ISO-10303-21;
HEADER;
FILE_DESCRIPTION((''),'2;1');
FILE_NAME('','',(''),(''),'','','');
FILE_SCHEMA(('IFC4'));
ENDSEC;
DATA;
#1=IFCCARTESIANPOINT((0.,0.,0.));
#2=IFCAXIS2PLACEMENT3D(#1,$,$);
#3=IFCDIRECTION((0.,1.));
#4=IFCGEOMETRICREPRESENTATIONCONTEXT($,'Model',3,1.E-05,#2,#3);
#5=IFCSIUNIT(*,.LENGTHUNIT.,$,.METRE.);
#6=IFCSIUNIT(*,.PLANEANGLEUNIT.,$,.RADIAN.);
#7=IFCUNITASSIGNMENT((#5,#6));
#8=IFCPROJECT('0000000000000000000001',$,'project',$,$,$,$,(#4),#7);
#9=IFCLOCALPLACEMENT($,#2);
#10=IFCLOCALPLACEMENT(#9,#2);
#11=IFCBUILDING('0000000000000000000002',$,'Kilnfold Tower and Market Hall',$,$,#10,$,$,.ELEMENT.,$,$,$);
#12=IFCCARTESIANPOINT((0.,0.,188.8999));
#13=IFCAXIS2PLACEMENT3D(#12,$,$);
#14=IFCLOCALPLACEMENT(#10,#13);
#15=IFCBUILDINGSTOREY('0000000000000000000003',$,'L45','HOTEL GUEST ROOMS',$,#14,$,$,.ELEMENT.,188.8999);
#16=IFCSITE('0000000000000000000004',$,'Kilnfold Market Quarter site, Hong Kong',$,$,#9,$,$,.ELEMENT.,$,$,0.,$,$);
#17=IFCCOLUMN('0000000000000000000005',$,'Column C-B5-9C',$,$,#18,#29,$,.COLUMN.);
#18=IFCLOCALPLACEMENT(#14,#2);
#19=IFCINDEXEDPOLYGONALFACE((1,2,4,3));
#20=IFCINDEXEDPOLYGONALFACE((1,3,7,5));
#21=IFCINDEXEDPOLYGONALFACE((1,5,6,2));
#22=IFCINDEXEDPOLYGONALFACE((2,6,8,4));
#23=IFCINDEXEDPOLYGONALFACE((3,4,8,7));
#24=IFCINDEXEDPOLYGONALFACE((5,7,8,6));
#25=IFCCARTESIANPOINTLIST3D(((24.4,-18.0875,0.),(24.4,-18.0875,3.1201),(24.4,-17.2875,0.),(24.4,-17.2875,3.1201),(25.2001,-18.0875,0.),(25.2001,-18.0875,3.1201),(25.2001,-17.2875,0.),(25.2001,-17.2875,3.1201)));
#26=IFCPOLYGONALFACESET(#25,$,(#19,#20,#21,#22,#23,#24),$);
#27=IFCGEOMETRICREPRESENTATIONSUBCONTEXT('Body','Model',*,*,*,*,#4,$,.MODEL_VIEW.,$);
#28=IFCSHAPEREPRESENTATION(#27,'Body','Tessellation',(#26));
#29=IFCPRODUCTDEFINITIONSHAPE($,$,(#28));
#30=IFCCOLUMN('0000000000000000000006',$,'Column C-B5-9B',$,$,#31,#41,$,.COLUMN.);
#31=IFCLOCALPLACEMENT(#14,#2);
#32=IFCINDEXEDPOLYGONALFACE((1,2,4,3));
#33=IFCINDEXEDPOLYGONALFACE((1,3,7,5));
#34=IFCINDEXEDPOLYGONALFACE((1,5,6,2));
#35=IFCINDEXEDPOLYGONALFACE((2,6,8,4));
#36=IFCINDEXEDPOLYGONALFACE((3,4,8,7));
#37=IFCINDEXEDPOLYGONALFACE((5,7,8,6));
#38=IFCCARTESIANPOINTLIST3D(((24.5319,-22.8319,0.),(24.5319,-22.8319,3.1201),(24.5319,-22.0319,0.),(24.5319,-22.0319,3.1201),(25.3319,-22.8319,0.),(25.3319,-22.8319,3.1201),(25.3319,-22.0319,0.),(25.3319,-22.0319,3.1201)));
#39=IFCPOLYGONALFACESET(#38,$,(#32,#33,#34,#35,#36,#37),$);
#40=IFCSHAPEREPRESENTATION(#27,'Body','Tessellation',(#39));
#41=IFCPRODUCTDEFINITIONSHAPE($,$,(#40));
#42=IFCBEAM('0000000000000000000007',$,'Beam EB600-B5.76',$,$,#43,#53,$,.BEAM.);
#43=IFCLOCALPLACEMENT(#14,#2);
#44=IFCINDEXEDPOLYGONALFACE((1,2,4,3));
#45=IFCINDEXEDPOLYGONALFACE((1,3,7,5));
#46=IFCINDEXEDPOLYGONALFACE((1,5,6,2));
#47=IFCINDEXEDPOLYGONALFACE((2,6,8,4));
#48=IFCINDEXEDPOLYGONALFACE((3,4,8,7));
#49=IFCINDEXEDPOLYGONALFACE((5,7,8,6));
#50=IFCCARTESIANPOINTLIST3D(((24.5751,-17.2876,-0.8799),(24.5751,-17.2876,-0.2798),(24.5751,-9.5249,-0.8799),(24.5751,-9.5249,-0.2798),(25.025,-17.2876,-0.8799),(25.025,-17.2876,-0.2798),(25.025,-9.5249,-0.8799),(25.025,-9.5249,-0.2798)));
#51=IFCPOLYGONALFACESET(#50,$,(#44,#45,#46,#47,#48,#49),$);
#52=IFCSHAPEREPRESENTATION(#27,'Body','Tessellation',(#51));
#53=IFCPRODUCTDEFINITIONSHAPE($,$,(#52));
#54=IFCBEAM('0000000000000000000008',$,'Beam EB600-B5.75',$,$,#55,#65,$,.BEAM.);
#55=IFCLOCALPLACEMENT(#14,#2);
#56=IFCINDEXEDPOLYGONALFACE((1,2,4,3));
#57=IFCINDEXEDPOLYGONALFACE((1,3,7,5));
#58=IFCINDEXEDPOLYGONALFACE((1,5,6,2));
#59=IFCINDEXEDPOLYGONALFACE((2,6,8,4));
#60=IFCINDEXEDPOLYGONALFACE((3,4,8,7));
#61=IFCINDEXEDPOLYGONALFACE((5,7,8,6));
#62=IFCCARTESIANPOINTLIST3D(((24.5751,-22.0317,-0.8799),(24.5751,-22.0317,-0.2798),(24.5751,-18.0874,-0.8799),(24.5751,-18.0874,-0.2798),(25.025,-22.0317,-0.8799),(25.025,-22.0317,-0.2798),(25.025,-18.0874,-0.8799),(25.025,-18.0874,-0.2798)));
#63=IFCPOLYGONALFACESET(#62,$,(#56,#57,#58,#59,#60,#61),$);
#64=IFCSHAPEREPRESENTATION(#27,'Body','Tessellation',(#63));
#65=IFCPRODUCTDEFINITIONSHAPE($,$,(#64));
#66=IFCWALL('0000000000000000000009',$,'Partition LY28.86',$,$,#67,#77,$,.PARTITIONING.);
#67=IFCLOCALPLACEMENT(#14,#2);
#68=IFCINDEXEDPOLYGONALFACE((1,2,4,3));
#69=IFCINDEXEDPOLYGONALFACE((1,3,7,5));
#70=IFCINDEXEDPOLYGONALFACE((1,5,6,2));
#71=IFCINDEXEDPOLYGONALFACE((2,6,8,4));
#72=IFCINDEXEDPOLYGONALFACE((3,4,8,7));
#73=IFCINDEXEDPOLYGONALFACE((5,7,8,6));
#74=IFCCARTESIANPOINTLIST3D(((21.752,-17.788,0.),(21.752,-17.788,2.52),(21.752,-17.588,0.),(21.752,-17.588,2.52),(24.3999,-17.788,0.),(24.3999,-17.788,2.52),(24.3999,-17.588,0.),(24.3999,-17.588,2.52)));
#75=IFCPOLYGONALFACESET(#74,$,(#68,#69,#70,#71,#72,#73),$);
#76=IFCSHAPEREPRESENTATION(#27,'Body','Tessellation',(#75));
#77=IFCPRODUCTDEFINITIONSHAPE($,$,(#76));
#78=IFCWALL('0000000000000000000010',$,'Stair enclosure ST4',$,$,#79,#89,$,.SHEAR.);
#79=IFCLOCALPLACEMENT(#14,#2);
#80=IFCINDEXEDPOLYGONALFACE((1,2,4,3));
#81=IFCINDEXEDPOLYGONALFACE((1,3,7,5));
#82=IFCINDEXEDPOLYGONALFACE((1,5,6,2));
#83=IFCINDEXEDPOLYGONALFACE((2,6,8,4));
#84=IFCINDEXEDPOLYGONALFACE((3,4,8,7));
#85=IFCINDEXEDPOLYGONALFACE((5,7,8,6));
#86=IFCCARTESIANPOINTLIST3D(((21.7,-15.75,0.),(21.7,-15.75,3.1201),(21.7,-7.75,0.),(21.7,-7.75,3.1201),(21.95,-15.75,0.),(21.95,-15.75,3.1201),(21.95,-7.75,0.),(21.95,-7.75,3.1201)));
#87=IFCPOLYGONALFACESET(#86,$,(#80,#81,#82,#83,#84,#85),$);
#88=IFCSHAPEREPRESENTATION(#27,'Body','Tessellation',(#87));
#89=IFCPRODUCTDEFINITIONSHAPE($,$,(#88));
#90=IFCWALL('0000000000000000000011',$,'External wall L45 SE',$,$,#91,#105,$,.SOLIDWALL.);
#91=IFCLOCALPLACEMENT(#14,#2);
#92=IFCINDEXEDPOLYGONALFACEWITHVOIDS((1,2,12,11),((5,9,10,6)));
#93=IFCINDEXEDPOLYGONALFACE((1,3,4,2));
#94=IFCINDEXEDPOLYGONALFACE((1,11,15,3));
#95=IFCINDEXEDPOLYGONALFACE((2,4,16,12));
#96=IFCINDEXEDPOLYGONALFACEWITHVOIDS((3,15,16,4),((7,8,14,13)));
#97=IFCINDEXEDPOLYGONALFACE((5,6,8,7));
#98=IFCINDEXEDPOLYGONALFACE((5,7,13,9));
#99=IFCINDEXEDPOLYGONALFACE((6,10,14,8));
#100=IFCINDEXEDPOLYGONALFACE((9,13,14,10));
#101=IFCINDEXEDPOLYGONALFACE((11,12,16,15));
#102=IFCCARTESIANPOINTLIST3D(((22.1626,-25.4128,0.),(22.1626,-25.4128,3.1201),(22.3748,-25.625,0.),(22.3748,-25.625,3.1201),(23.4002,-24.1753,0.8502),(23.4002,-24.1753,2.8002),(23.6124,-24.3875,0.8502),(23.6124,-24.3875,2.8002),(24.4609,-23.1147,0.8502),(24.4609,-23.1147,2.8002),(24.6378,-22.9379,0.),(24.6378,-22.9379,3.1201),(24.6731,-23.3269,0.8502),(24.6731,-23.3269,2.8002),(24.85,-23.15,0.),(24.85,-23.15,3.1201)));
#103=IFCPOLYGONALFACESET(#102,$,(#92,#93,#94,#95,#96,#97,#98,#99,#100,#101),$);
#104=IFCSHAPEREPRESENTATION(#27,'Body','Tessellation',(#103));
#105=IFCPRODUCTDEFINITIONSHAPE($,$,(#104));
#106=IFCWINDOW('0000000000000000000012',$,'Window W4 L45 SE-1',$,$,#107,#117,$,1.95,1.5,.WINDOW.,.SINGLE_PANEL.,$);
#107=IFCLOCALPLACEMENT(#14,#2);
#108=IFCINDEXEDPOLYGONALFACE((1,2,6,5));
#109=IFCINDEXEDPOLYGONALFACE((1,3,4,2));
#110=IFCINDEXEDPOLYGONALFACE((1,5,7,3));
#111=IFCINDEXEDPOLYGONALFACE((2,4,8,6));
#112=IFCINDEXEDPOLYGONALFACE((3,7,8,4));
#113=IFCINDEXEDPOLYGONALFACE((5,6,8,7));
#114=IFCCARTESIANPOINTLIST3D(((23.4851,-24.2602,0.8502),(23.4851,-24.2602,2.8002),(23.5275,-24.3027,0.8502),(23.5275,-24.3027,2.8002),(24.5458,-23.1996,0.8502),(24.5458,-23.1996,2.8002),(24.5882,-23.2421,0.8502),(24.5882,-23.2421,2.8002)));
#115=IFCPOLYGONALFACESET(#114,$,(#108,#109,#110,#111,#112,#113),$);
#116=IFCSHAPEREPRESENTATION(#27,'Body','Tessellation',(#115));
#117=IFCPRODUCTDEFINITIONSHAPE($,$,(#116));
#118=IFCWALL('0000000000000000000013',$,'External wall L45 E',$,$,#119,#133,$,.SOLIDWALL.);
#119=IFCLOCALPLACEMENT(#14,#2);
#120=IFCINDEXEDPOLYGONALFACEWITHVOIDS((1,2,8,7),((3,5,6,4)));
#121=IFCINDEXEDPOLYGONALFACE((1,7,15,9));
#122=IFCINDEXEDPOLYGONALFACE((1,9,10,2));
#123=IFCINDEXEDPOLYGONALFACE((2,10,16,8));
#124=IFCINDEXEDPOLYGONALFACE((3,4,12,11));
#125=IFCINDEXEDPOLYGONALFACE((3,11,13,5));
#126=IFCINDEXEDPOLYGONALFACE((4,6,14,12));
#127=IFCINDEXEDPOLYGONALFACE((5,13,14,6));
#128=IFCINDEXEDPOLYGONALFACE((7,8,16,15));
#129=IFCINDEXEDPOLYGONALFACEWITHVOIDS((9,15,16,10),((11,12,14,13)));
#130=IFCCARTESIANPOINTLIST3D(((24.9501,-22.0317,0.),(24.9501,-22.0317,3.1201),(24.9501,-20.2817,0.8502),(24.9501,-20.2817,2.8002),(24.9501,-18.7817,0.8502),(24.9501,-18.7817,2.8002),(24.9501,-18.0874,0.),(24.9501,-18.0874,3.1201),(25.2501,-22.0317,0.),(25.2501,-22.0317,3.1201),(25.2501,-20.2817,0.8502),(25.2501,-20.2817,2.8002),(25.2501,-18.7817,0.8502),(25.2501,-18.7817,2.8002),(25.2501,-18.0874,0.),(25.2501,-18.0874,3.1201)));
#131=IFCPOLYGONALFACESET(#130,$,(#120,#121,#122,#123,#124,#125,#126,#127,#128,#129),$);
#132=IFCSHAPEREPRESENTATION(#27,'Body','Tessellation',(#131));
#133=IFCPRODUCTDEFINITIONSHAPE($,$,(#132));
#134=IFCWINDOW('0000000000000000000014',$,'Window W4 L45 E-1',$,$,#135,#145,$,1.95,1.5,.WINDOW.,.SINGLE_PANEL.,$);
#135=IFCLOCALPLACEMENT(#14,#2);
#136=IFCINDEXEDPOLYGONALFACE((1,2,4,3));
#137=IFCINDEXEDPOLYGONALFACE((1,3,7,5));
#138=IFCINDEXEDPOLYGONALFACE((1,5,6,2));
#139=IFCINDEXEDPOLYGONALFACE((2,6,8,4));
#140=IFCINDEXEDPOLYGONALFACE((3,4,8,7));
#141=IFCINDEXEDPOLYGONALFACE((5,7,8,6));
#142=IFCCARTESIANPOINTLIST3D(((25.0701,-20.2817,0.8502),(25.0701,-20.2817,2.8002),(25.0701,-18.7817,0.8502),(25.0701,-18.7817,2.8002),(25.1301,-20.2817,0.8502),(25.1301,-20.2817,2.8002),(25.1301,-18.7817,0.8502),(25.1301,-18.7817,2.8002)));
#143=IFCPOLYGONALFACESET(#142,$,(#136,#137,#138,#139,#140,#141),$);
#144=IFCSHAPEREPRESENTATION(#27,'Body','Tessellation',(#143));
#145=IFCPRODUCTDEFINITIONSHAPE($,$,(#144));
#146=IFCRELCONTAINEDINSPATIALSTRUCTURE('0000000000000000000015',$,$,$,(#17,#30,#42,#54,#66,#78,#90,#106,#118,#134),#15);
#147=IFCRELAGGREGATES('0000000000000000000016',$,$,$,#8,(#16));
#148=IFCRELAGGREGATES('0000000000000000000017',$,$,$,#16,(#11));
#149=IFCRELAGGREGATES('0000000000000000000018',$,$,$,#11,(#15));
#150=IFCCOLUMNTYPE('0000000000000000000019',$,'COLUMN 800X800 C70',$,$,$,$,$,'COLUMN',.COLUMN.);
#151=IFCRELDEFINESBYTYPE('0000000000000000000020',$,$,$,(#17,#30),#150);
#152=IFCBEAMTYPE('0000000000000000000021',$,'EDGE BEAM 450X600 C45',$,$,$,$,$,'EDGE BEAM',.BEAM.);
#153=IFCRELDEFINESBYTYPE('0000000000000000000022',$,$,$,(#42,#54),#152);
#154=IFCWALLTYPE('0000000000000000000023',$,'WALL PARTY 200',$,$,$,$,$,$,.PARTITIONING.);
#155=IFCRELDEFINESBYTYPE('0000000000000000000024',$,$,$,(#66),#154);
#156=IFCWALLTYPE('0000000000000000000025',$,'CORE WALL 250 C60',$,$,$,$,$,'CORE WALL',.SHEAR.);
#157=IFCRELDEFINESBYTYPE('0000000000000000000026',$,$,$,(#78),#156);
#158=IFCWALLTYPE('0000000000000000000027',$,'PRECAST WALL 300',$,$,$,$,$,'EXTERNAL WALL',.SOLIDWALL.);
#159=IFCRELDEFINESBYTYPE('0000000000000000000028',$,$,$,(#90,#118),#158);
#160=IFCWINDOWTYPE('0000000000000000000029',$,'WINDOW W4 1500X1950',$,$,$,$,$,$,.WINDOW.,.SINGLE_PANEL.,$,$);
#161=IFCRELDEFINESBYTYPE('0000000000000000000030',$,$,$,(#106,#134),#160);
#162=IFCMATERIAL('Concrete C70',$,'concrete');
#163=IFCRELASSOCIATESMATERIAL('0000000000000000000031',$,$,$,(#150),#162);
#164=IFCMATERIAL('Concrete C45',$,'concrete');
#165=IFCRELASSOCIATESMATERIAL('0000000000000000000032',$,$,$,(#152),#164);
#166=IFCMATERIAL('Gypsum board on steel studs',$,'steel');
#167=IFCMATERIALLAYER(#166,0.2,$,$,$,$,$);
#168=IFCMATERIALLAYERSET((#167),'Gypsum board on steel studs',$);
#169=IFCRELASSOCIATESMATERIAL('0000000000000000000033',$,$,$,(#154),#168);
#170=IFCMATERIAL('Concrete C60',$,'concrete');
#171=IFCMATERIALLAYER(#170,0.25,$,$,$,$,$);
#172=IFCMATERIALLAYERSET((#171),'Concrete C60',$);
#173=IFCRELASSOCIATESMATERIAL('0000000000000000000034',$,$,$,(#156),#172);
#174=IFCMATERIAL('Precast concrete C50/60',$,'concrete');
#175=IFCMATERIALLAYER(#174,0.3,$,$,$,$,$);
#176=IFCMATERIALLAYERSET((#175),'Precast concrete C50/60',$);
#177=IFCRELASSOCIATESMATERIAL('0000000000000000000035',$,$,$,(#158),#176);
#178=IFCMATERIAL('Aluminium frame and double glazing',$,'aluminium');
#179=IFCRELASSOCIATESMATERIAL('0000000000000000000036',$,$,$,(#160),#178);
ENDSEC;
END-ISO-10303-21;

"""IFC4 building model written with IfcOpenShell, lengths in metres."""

from ifc_helpers import new_model, si_unit, direction, frame, frame_2d, origin, origin_2d, place, context, subcontext, project, spatial, rectangle, extrude, source, transform, mapped, material, layer, layer_set, material_profile, profile_set, type_object, element, fill, save


model = new_model("IFC4")

# Units and contexts
model_context = context("Model", 3, precision=1e-05, world=origin(), true_north=direction((0.0, 1.0)))
body_context = subcontext(model_context, "Body", "Model", "MODEL_VIEW")
ifc_project = project(units=[si_unit("LENGTHUNIT", "METRE"), si_unit("PLANEANGLEUNIT", "RADIAN")], contexts=[model_context])

# Site, building, storey
site_placement = place(None, origin())
site = spatial("IfcSite", under=ifc_project, at=site_placement, Name="Kilnfold Market Quarter site, Hong Kong", CompositionType="ELEMENT", RefElevation=0.0)
building_placement = place(site_placement, origin())
building = spatial("IfcBuilding", under=site, at=building_placement, Name="Kilnfold Tower and Market Hall", CompositionType="ELEMENT")
storey_placement = place(building_placement, frame((0.0, 0.0, 188.8999)))
storey = spatial("IfcBuildingStorey", under=building, at=storey_placement, Name="L45", Description="HOTEL GUEST ROOMS", CompositionType="ELEMENT", Elevation=188.8999)

# Columns
ifc_material_1 = material(Name="Concrete C70", Category="concrete")
ifc_material_profile_1 = material_profile(ifc_material_1, rectangle(XDim=0.8, YDim=0.8, at=origin_2d()), Name="RC 800x800")
ifc_profile_set_1 = profile_set([ifc_material_profile_1], Name="Concrete C70")
column_type = type_object("IfcColumnType", Name="COLUMN 800X800 C70", ElementType="COLUMN", PredefinedType="COLUMN", material=ifc_profile_set_1)
shared_shape_1 = source(origin(), body_context, "Body", "SweptSolid", [
    extrude(rectangle(XDim=0.8, YDim=0.8, at=origin_2d()), origin(), (0.0, 0.0, 1.0), 3.1201),
])
for number, where, z_axis, x_axis, name in (
    (1, (24.8, -17.6875, 0.0), (0.0, 0.0, 1.0), (1.0, 0.0, 0.0), "Column C-B5-9C"),
    (2, (24.9319, -22.4319, 0.0), (0.0, 0.0, 1.0), (1.0, 0.0, 0.0), "Column C-B5-9B"),
):
    element("IfcColumn", number, at=place(storey_placement, frame(where, z_axis=z_axis, x_axis=x_axis)), inside=storey, type_object=column_type, Name=name, PredefinedType="COLUMN", context=body_context, shape_type="MappedRepresentation", body=[
        mapped(shared_shape_1, transform((0.0, 0.0, 0.0))),
    ])

# Beams
ifc_material_2 = material(Name="Concrete C45", Category="concrete")
ifc_material_profile_2 = material_profile(ifc_material_2, rectangle(XDim=0.45, YDim=0.6001, at=origin_2d()), Name="RC 450x600")
ifc_profile_set_2 = profile_set([ifc_material_profile_2], Name="Concrete C45")
beam_type = type_object("IfcBeamType", Name="EDGE BEAM 450X600 C45", ElementType="EDGE BEAM", PredefinedType="BEAM", material=ifc_profile_set_2)
shared_shape_2 = source(origin(), body_context, "Body", "SweptSolid", [
    extrude(rectangle(XDim=0.45, YDim=0.6001, at=origin_2d()), origin(), (0.0, 0.0, 1.0), 7.7627),
])
beam_1_placement = place(storey_placement, frame((24.8, -17.2876, -0.5798), z_axis=(0.0, 1.0, 0.0), x_axis=(-1.0, 0.0, 0.0)))
element("IfcBeam", 3, at=beam_1_placement, inside=storey, type_object=beam_type, Name="Beam EB600-B5.76", PredefinedType="BEAM", context=body_context, shape_type="MappedRepresentation", body=[
    mapped(shared_shape_2, transform((0.0, 0.0, 0.0))),
])
shared_shape_3 = source(origin(), body_context, "Body", "SweptSolid", [
    extrude(rectangle(XDim=0.45, YDim=0.6001, at=origin_2d()), origin(), (0.0, 0.0, 1.0), 3.9443),
])
beam_2_placement = place(storey_placement, frame((24.8, -22.0317, -0.5798), z_axis=(0.0, 1.0, 0.0), x_axis=(-1.0, 0.0, 0.0)))
element("IfcBeam", 4, at=beam_2_placement, inside=storey, type_object=beam_type, Name="Beam EB600-B5.75", PredefinedType="BEAM", context=body_context, shape_type="MappedRepresentation", body=[
    mapped(shared_shape_3, transform((0.0, 0.0, 0.0))),
])

# Walls
ifc_material_3 = material(Name="Gypsum board on steel studs", Category="steel")
ifc_layer_1 = layer(ifc_material_3, 0.2)
ifc_layer_set_1 = layer_set([ifc_layer_1], Name="Gypsum board on steel studs")
wall_type_1 = type_object("IfcWallType", Name="WALL PARTY 200", PredefinedType="PARTITIONING", material=ifc_layer_set_1)
wall_1_placement = place(storey_placement, frame((21.752, -17.688, 0.0), z_axis=(0.0, 0.0, 1.0), x_axis=(1.0, 0.0, 0.0)))
element("IfcWall", 5, at=wall_1_placement, inside=storey, type_object=wall_type_1, Name="Partition LY28.86", PredefinedType="PARTITIONING", context=body_context, shape_type="SweptSolid", body=[
    extrude(rectangle(XDim=2.6479, YDim=0.2, at=frame_2d((1.324, 0.0))), origin(), (0.0, 0.0, 1.0), 2.52),
])
ifc_material_4 = material(Name="Concrete C60", Category="concrete")
ifc_layer_2 = layer(ifc_material_4, 0.25)
ifc_layer_set_2 = layer_set([ifc_layer_2], Name="Concrete C60")
wall_type_2 = type_object("IfcWallType", Name="CORE WALL 250 C60", ElementType="CORE WALL", PredefinedType="SHEAR", material=ifc_layer_set_2)
shared_shape_4 = source(origin(), body_context, "Body", "SweptSolid", [
    extrude(rectangle(XDim=8.0, YDim=0.25, at=frame_2d((4.0, 0.0))), origin(), (0.0, 0.0, 1.0), 3.1201),
])
wall_2_placement = place(storey_placement, frame((21.825, -15.75, 0.0), z_axis=(0.0, 0.0, 1.0), x_axis=(0.0, 1.0, 0.0)))
element("IfcWall", 6, at=wall_2_placement, inside=storey, type_object=wall_type_2, Name="Stair enclosure ST4", PredefinedType="SHEAR", context=body_context, shape_type="MappedRepresentation", body=[
    mapped(shared_shape_4, transform((0.0, 0.0, 0.0))),
])

# Walls, openings, windows
ifc_material_5 = material(Name="Precast concrete C50/60", Category="concrete")
ifc_layer_3 = layer(ifc_material_5, 0.3)
ifc_layer_set_3 = layer_set([ifc_layer_3], Name="Precast concrete C50/60")
wall_type_3 = type_object("IfcWallType", Name="PRECAST WALL 300", ElementType="EXTERNAL WALL", PredefinedType="SOLIDWALL", material=ifc_layer_set_3)
shared_shape_5 = source(origin(), body_context, "Body", "SweptSolid", [
    extrude(rectangle(XDim=3.5002, YDim=0.3, at=frame_2d((1.75, 0.0))), origin(), (0.0, 0.0, 1.0), 3.1201),
])
wall_3_placement = place(storey_placement, frame((22.2688, -25.5188, 0.0), z_axis=(0.0, 0.0, 1.0), x_axis=(0.707142, 0.707072, 0.0)))
wall_3 = element("IfcWall", 7, at=wall_3_placement, inside=storey, type_object=wall_type_3, Name="External wall L45 SE", PredefinedType="SOLIDWALL", context=body_context, shape_type="MappedRepresentation", body=[
    mapped(shared_shape_5, transform((0.0, 0.0, 0.0))),
])
opening_1_placement = place(wall_3_placement, frame((1.75, 0.0, 0.8501)))
opening_1 = element("IfcOpeningElement", 8, at=opening_1_placement, cuts=wall_3, PredefinedType="OPENING", context=body_context, shape_type="SweptSolid", body=[
    extrude(rectangle(XDim=1.5, YDim=1.95, at=frame_2d((0.75, 0.9751))), frame((0.0, 0.1602, 0.0), z_axis=(0.0, -1.0, 0.0), x_axis=(1.0, 0.0, 0.0)), (0.0, 0.0, 1.0), 0.3201),
])
ifc_material_6 = material(Name="Aluminium frame and double glazing", Category="aluminium")
window_type = type_object("IfcWindowType", Name="WINDOW W4 1500X1950", PartitioningType="SINGLE_PANEL", PredefinedType="WINDOW", material=ifc_material_6)
window_1_placement = place(opening_1_placement, origin())
window_1 = element("IfcWindow", 9, at=window_1_placement, inside=storey, type_object=window_type, Name="Window W4 L45 SE-1", OverallHeight=1.95, OverallWidth=1.5, PartitioningType="SINGLE_PANEL", PredefinedType="WINDOW", context=body_context, shape_type="SweptSolid", body=[
    extrude(rectangle(XDim=1.5, YDim=1.95, at=frame_2d((0.75, 0.9751))), frame((0.0, 0.03, 0.0), z_axis=(0.0, -1.0, 0.0), x_axis=(1.0, 0.0, 0.0)), (0.0, 0.0, 1.0), 0.0601),
])
fill(opening_1, window_1)
shared_shape_6 = source(origin(), body_context, "Body", "SweptSolid", [
    extrude(rectangle(XDim=3.9443, YDim=0.3, at=frame_2d((1.9722, 0.0))), origin(), (0.0, 0.0, 1.0), 3.1201),
])
wall_4_placement = place(storey_placement, frame((25.1001, -22.0317, 0.0), z_axis=(0.0, 0.0, 1.0), x_axis=(0.0, 1.0, 0.0)))
wall_4 = element("IfcWall", 10, at=wall_4_placement, inside=storey, type_object=wall_type_3, Name="External wall L45 E", PredefinedType="SOLIDWALL", context=body_context, shape_type="MappedRepresentation", body=[
    mapped(shared_shape_6, transform((0.0, 0.0, 0.0))),
])
opening_2_placement = place(wall_4_placement, frame((1.75, 0.0, 0.8501)))
opening_2 = element("IfcOpeningElement", 11, at=opening_2_placement, cuts=wall_4, PredefinedType="OPENING", context=body_context, shape_type="SweptSolid", body=[
    extrude(rectangle(XDim=1.5, YDim=1.95, at=frame_2d((0.75, 0.9751))), frame((0.0, 0.1602, 0.0), z_axis=(0.0, -1.0, 0.0), x_axis=(1.0, 0.0, 0.0)), (0.0, 0.0, 1.0), 0.3201),
])
window_2_placement = place(opening_2_placement, origin())
window_2 = element("IfcWindow", 12, at=window_2_placement, inside=storey, type_object=window_type, Name="Window W4 L45 E-1", OverallHeight=1.95, OverallWidth=1.5, PartitioningType="SINGLE_PANEL", PredefinedType="WINDOW", context=body_context, shape_type="SweptSolid", body=[
    extrude(rectangle(XDim=1.5, YDim=1.95, at=frame_2d((0.75, 0.9751))), frame((0.0, 0.03, 0.0), z_axis=(0.0, -1.0, 0.0), x_axis=(1.0, 0.0, 0.0)), (0.0, 0.0, 1.0), 0.0601),
])
fill(opening_2, window_2)

save(model, "model.ifc")
